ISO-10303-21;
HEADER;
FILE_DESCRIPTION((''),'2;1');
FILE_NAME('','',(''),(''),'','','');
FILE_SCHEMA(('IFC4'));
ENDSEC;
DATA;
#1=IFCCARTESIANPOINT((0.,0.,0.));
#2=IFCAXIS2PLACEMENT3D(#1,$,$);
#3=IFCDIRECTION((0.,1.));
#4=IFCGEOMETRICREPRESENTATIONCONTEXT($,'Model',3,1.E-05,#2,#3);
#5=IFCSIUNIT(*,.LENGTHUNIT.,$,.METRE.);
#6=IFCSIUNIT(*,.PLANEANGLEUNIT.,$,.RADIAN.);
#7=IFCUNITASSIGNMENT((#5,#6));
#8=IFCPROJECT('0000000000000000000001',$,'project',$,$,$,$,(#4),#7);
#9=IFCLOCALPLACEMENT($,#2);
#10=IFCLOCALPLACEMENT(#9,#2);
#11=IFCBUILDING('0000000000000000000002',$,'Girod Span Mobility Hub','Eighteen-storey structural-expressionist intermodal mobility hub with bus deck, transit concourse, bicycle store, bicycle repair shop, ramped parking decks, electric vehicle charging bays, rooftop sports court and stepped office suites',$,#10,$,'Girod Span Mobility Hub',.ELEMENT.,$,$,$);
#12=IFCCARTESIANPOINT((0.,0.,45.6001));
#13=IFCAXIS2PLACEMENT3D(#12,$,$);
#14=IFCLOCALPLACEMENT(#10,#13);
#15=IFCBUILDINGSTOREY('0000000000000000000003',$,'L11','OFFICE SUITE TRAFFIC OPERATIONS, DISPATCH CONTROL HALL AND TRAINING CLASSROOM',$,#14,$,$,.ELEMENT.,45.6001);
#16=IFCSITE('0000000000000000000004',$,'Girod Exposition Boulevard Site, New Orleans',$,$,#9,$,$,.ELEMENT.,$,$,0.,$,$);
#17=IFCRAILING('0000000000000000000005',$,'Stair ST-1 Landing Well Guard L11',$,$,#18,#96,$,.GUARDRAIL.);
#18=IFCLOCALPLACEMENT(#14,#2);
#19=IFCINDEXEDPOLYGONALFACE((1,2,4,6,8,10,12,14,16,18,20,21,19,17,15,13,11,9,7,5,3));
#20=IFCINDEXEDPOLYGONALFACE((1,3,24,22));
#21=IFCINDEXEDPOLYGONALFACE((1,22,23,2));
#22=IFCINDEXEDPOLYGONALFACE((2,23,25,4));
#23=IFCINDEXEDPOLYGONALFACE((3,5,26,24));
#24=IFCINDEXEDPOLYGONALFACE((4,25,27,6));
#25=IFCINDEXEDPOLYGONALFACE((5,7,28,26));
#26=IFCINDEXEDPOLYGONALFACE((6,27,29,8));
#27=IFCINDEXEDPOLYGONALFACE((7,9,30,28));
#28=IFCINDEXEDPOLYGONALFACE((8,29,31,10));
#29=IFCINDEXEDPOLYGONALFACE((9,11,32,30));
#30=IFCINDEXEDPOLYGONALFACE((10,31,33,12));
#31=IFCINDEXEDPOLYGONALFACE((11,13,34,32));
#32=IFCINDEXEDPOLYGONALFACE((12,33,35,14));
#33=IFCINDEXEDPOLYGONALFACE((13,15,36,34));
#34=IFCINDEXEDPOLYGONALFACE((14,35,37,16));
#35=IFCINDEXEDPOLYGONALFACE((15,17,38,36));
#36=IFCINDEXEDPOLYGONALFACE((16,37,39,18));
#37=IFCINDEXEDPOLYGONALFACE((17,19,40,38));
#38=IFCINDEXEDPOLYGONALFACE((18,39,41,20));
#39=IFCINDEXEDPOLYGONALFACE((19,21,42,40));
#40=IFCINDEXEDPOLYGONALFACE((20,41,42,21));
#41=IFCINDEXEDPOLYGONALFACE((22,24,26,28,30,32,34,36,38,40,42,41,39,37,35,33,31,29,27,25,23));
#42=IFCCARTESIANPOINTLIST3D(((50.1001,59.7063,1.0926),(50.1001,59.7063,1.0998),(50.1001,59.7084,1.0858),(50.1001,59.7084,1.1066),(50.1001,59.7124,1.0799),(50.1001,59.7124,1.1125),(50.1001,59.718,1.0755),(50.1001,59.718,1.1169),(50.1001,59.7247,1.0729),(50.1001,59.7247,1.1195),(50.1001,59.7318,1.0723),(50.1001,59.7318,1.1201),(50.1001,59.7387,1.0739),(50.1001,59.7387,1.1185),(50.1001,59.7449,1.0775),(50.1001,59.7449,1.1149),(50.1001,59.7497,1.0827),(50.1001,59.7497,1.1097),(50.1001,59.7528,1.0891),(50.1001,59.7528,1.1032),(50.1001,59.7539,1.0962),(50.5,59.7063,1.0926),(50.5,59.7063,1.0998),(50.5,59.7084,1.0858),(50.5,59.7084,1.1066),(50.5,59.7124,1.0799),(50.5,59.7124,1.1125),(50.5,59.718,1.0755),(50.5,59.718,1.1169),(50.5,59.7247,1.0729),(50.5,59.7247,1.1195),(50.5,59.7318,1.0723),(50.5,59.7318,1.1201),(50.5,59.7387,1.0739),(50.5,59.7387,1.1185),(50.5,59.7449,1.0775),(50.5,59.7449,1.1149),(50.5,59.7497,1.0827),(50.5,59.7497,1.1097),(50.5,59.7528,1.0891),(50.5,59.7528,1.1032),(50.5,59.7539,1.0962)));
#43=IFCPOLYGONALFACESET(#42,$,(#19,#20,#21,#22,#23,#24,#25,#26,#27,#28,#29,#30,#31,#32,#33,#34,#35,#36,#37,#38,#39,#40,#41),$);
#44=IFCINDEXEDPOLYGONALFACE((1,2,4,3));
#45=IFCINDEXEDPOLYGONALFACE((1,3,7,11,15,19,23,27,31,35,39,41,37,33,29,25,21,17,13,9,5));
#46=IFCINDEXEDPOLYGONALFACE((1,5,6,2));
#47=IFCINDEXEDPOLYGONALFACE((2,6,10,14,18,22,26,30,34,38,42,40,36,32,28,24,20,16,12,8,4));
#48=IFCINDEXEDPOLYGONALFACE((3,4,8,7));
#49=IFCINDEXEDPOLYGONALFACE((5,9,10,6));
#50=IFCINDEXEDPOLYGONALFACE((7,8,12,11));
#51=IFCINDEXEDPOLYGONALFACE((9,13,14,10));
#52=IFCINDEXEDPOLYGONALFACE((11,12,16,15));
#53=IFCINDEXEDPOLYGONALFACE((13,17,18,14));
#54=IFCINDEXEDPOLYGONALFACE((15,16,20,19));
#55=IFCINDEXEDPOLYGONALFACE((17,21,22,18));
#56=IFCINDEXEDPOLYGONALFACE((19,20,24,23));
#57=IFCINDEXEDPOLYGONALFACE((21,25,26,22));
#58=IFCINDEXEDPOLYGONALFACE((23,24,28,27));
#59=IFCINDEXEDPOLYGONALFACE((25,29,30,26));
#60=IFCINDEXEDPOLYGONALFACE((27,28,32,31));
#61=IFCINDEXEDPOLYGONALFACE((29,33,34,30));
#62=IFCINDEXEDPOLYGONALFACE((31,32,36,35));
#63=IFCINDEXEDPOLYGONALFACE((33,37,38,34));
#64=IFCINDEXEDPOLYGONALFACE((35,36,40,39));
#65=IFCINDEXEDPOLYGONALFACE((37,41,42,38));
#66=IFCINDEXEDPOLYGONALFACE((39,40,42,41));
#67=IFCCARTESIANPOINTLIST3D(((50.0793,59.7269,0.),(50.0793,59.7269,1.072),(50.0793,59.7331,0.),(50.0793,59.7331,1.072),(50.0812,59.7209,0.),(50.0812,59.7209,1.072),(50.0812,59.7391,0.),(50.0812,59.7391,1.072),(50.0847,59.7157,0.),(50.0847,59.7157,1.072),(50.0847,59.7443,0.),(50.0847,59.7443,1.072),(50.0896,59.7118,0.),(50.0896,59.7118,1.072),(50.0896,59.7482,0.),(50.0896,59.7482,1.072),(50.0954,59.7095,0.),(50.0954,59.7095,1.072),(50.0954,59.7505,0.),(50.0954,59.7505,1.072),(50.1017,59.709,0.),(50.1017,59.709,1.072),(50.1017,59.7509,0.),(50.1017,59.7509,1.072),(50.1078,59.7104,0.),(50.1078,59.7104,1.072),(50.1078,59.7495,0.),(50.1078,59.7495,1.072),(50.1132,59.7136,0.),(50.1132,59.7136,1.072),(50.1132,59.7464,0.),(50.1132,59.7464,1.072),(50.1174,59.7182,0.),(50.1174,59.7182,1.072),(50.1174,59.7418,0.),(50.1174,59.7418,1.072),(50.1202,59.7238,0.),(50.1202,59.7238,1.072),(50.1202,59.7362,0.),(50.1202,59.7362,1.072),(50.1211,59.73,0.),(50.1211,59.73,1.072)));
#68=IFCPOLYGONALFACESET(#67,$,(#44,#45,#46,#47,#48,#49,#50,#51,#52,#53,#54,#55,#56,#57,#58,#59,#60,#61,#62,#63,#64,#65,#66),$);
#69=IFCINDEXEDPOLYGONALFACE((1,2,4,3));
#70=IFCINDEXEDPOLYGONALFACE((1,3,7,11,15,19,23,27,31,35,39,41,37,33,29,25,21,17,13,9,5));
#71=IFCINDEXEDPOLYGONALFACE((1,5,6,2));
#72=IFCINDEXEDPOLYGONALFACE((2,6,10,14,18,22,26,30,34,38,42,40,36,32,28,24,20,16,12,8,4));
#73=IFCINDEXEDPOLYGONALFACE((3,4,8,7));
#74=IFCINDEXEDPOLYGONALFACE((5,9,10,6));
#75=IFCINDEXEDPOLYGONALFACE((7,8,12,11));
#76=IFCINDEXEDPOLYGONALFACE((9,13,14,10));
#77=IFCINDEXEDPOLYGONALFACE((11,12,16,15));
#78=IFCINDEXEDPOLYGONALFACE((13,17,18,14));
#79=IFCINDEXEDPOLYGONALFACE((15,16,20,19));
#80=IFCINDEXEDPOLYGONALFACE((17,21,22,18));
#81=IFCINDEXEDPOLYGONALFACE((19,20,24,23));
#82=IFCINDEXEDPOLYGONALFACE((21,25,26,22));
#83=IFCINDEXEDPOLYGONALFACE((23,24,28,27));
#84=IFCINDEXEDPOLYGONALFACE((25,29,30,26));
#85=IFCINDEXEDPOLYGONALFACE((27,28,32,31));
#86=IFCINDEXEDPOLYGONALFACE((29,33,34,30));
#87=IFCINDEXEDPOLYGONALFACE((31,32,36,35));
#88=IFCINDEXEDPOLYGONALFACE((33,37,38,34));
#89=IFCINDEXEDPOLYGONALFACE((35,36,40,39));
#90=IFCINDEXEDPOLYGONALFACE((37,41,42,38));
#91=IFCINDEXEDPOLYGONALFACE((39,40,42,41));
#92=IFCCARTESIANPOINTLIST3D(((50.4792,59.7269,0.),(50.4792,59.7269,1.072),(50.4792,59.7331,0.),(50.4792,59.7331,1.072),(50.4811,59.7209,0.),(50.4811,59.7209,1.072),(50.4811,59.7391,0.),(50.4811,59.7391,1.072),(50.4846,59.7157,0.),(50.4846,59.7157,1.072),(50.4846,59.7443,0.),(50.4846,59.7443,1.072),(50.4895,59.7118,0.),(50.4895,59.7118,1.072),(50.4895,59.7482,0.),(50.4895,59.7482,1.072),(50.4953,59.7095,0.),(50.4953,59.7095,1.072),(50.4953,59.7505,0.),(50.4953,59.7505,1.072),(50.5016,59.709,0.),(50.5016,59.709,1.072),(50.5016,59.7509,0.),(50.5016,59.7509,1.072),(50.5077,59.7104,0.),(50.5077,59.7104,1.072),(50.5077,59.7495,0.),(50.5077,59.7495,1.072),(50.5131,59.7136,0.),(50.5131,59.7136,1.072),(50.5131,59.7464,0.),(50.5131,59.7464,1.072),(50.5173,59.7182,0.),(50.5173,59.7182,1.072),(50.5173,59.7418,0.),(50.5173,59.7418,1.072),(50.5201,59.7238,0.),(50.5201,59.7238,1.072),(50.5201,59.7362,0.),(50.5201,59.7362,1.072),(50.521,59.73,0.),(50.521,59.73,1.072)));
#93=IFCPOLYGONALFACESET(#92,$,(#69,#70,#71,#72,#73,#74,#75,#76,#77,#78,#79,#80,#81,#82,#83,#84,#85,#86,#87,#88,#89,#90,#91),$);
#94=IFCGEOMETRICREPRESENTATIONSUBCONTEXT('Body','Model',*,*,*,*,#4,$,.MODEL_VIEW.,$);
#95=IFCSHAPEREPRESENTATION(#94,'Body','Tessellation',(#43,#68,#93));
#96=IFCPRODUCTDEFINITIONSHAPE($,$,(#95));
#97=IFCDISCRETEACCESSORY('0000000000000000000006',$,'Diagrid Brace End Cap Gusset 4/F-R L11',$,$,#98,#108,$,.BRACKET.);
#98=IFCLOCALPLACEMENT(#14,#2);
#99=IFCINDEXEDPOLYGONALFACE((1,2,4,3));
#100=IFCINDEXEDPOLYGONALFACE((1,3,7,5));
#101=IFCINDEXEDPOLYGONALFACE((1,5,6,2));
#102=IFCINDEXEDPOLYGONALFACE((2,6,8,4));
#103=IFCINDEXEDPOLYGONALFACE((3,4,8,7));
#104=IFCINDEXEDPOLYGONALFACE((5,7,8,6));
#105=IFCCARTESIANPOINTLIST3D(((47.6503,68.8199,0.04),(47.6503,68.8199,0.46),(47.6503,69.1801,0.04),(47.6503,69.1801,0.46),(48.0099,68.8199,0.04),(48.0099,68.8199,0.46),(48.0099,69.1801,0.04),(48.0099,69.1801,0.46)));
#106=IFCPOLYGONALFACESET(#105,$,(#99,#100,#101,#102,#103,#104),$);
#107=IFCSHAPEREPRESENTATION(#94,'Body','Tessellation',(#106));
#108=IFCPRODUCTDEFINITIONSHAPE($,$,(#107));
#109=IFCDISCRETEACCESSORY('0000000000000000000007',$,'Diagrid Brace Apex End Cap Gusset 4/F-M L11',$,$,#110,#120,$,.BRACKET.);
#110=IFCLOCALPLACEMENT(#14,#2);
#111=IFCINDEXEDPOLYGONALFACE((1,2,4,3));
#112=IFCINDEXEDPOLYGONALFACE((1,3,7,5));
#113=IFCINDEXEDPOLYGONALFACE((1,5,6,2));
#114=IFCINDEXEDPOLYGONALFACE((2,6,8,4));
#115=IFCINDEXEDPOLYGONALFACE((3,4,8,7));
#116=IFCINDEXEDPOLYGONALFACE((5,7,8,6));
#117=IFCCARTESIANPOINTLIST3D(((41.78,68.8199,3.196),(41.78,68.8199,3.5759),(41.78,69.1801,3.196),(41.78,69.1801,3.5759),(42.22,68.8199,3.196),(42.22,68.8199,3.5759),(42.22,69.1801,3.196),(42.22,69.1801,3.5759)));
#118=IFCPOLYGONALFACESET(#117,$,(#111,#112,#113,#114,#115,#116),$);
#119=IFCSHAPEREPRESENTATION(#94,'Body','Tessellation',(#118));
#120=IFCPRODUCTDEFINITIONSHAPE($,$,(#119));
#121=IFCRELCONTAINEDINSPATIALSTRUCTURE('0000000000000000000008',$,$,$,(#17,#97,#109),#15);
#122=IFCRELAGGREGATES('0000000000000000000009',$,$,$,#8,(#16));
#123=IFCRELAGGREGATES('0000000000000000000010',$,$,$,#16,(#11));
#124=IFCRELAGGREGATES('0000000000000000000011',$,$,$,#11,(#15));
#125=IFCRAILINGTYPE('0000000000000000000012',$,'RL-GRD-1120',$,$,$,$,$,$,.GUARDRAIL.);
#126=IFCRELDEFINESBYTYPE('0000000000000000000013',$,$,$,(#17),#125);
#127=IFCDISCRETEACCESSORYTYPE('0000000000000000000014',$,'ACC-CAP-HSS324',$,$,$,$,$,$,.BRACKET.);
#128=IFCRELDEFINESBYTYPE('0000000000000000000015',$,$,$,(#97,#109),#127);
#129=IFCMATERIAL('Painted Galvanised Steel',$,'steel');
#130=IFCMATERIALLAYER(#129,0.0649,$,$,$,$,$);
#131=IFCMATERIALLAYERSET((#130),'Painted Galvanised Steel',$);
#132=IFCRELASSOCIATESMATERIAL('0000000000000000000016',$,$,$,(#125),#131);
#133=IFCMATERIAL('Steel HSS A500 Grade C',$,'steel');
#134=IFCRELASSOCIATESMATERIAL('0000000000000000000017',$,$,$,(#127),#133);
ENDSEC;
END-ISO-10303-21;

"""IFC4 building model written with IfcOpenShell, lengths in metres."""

from ifc_helpers import new_model, si_unit, direction, frame, origin, origin_2d, place, context, subcontext, project, spatial, rectangle, circle, extrude, material, layer, layer_set, type_object, element, save


model = new_model("IFC4")

# Units and contexts
model_context = context("Model", 3, precision=1e-05, world=origin(), true_north=direction((0.0, 1.0)))
body_context = subcontext(model_context, "Body", "Model", "MODEL_VIEW")
ifc_project = project(units=[si_unit("LENGTHUNIT", "METRE"), si_unit("PLANEANGLEUNIT", "RADIAN")], contexts=[model_context])

# Site, building, storey
site_placement = place(None, origin())
site = spatial("IfcSite", under=ifc_project, at=site_placement, Name="Girod Exposition Boulevard Site, New Orleans", CompositionType="ELEMENT", RefElevation=0.0)
building_placement = place(site_placement, origin())
building = spatial("IfcBuilding", under=site, at=building_placement, Name="Girod Span Mobility Hub", Description="Eighteen-storey structural-expressionist intermodal mobility hub with bus deck, transit concourse, bicycle store, bicycle repair shop, ramped parking decks, electric vehicle charging bays, rooftop sports court and stepped office suites", LongName="Girod Span Mobility Hub", CompositionType="ELEMENT")
storey_placement = place(building_placement, frame((0.0, 0.0, 45.6001)))
storey = spatial("IfcBuildingStorey", under=building, at=storey_placement, Name="L11", Description="OFFICE SUITE TRAFFIC OPERATIONS, DISPATCH CONTROL HALL AND TRAINING CLASSROOM", CompositionType="ELEMENT", Elevation=45.6001)

# Railing
ifc_material_1 = material(Name="Painted Galvanised Steel", Category="steel")
ifc_layer_1 = layer(ifc_material_1, 0.0649)
ifc_layer_set_1 = layer_set([ifc_layer_1], Name="Painted Galvanised Steel")
railing_type_1 = type_object("IfcRailingType", Name="RL-GRD-1120", PredefinedType="GUARDRAIL", material=ifc_layer_set_1)
for number, where, name in (
    (1, (50.1001, 59.73, 0.0), "Stair ST-1 Landing Well Guard L11"),
):
    element("IfcRailing", number, at=place(storey_placement, frame(where)), inside=storey, type_object=railing_type_1, Name=name, PredefinedType="GUARDRAIL", context=body_context, shape_type="SweptSolid", body=[
        extrude(circle(Radius=0.0239, at=origin_2d()), frame((0.0, 0.0, 1.0962), z_axis=(1.0, 0.0, 0.0), x_axis=(0.0, 1.0, 0.0)), (0.0, 0.0, 1.0), 0.3999),
        extrude(circle(Radius=0.021, at=origin_2d()), origin(), (0.0, 0.0, 1.0), 1.072),
        extrude(circle(Radius=0.021, at=origin_2d()), frame((0.3999, 0.0, 0.0)), (0.0, 0.0, 1.0), 1.072),
    ])

# Discrete accessories
ifc_material_2 = material(Name="Steel HSS A500 Grade C", Category="steel")
discrete_accessory_type = type_object("IfcDiscreteAccessoryType", Name="ACC-CAP-HSS324", PredefinedType="BRACKET", material=ifc_material_2)
discrete_accessory_1_placement = place(storey_placement, frame((47.8301, 69.0, 0.04), z_axis=(0.0, 0.0, 1.0), x_axis=(1.0, 0.0, 0.0)))
element("IfcDiscreteAccessory", 2, at=discrete_accessory_1_placement, inside=storey, type_object=discrete_accessory_type, Name="Diagrid Brace End Cap Gusset 4/F-R L11", PredefinedType="BRACKET", context=body_context, shape_type="SweptSolid", body=[
    extrude(rectangle(XDim=0.3596, YDim=0.3601, at=origin_2d()), origin(), (0.0, 0.0, 1.0), 0.4199),
])
discrete_accessory_2_placement = place(storey_placement, frame((42.0, 69.0, 3.196), z_axis=(0.0, 0.0, 1.0), x_axis=(1.0, 0.0, 0.0)))
element("IfcDiscreteAccessory", 3, at=discrete_accessory_2_placement, inside=storey, type_object=discrete_accessory_type, Name="Diagrid Brace Apex End Cap Gusset 4/F-M L11", PredefinedType="BRACKET", context=body_context, shape_type="SweptSolid", body=[
    extrude(rectangle(XDim=0.4399, YDim=0.3601, at=origin_2d()), origin(), (0.0, 0.0, 1.0), 0.3799),
])

save(model, "model.ifc")
